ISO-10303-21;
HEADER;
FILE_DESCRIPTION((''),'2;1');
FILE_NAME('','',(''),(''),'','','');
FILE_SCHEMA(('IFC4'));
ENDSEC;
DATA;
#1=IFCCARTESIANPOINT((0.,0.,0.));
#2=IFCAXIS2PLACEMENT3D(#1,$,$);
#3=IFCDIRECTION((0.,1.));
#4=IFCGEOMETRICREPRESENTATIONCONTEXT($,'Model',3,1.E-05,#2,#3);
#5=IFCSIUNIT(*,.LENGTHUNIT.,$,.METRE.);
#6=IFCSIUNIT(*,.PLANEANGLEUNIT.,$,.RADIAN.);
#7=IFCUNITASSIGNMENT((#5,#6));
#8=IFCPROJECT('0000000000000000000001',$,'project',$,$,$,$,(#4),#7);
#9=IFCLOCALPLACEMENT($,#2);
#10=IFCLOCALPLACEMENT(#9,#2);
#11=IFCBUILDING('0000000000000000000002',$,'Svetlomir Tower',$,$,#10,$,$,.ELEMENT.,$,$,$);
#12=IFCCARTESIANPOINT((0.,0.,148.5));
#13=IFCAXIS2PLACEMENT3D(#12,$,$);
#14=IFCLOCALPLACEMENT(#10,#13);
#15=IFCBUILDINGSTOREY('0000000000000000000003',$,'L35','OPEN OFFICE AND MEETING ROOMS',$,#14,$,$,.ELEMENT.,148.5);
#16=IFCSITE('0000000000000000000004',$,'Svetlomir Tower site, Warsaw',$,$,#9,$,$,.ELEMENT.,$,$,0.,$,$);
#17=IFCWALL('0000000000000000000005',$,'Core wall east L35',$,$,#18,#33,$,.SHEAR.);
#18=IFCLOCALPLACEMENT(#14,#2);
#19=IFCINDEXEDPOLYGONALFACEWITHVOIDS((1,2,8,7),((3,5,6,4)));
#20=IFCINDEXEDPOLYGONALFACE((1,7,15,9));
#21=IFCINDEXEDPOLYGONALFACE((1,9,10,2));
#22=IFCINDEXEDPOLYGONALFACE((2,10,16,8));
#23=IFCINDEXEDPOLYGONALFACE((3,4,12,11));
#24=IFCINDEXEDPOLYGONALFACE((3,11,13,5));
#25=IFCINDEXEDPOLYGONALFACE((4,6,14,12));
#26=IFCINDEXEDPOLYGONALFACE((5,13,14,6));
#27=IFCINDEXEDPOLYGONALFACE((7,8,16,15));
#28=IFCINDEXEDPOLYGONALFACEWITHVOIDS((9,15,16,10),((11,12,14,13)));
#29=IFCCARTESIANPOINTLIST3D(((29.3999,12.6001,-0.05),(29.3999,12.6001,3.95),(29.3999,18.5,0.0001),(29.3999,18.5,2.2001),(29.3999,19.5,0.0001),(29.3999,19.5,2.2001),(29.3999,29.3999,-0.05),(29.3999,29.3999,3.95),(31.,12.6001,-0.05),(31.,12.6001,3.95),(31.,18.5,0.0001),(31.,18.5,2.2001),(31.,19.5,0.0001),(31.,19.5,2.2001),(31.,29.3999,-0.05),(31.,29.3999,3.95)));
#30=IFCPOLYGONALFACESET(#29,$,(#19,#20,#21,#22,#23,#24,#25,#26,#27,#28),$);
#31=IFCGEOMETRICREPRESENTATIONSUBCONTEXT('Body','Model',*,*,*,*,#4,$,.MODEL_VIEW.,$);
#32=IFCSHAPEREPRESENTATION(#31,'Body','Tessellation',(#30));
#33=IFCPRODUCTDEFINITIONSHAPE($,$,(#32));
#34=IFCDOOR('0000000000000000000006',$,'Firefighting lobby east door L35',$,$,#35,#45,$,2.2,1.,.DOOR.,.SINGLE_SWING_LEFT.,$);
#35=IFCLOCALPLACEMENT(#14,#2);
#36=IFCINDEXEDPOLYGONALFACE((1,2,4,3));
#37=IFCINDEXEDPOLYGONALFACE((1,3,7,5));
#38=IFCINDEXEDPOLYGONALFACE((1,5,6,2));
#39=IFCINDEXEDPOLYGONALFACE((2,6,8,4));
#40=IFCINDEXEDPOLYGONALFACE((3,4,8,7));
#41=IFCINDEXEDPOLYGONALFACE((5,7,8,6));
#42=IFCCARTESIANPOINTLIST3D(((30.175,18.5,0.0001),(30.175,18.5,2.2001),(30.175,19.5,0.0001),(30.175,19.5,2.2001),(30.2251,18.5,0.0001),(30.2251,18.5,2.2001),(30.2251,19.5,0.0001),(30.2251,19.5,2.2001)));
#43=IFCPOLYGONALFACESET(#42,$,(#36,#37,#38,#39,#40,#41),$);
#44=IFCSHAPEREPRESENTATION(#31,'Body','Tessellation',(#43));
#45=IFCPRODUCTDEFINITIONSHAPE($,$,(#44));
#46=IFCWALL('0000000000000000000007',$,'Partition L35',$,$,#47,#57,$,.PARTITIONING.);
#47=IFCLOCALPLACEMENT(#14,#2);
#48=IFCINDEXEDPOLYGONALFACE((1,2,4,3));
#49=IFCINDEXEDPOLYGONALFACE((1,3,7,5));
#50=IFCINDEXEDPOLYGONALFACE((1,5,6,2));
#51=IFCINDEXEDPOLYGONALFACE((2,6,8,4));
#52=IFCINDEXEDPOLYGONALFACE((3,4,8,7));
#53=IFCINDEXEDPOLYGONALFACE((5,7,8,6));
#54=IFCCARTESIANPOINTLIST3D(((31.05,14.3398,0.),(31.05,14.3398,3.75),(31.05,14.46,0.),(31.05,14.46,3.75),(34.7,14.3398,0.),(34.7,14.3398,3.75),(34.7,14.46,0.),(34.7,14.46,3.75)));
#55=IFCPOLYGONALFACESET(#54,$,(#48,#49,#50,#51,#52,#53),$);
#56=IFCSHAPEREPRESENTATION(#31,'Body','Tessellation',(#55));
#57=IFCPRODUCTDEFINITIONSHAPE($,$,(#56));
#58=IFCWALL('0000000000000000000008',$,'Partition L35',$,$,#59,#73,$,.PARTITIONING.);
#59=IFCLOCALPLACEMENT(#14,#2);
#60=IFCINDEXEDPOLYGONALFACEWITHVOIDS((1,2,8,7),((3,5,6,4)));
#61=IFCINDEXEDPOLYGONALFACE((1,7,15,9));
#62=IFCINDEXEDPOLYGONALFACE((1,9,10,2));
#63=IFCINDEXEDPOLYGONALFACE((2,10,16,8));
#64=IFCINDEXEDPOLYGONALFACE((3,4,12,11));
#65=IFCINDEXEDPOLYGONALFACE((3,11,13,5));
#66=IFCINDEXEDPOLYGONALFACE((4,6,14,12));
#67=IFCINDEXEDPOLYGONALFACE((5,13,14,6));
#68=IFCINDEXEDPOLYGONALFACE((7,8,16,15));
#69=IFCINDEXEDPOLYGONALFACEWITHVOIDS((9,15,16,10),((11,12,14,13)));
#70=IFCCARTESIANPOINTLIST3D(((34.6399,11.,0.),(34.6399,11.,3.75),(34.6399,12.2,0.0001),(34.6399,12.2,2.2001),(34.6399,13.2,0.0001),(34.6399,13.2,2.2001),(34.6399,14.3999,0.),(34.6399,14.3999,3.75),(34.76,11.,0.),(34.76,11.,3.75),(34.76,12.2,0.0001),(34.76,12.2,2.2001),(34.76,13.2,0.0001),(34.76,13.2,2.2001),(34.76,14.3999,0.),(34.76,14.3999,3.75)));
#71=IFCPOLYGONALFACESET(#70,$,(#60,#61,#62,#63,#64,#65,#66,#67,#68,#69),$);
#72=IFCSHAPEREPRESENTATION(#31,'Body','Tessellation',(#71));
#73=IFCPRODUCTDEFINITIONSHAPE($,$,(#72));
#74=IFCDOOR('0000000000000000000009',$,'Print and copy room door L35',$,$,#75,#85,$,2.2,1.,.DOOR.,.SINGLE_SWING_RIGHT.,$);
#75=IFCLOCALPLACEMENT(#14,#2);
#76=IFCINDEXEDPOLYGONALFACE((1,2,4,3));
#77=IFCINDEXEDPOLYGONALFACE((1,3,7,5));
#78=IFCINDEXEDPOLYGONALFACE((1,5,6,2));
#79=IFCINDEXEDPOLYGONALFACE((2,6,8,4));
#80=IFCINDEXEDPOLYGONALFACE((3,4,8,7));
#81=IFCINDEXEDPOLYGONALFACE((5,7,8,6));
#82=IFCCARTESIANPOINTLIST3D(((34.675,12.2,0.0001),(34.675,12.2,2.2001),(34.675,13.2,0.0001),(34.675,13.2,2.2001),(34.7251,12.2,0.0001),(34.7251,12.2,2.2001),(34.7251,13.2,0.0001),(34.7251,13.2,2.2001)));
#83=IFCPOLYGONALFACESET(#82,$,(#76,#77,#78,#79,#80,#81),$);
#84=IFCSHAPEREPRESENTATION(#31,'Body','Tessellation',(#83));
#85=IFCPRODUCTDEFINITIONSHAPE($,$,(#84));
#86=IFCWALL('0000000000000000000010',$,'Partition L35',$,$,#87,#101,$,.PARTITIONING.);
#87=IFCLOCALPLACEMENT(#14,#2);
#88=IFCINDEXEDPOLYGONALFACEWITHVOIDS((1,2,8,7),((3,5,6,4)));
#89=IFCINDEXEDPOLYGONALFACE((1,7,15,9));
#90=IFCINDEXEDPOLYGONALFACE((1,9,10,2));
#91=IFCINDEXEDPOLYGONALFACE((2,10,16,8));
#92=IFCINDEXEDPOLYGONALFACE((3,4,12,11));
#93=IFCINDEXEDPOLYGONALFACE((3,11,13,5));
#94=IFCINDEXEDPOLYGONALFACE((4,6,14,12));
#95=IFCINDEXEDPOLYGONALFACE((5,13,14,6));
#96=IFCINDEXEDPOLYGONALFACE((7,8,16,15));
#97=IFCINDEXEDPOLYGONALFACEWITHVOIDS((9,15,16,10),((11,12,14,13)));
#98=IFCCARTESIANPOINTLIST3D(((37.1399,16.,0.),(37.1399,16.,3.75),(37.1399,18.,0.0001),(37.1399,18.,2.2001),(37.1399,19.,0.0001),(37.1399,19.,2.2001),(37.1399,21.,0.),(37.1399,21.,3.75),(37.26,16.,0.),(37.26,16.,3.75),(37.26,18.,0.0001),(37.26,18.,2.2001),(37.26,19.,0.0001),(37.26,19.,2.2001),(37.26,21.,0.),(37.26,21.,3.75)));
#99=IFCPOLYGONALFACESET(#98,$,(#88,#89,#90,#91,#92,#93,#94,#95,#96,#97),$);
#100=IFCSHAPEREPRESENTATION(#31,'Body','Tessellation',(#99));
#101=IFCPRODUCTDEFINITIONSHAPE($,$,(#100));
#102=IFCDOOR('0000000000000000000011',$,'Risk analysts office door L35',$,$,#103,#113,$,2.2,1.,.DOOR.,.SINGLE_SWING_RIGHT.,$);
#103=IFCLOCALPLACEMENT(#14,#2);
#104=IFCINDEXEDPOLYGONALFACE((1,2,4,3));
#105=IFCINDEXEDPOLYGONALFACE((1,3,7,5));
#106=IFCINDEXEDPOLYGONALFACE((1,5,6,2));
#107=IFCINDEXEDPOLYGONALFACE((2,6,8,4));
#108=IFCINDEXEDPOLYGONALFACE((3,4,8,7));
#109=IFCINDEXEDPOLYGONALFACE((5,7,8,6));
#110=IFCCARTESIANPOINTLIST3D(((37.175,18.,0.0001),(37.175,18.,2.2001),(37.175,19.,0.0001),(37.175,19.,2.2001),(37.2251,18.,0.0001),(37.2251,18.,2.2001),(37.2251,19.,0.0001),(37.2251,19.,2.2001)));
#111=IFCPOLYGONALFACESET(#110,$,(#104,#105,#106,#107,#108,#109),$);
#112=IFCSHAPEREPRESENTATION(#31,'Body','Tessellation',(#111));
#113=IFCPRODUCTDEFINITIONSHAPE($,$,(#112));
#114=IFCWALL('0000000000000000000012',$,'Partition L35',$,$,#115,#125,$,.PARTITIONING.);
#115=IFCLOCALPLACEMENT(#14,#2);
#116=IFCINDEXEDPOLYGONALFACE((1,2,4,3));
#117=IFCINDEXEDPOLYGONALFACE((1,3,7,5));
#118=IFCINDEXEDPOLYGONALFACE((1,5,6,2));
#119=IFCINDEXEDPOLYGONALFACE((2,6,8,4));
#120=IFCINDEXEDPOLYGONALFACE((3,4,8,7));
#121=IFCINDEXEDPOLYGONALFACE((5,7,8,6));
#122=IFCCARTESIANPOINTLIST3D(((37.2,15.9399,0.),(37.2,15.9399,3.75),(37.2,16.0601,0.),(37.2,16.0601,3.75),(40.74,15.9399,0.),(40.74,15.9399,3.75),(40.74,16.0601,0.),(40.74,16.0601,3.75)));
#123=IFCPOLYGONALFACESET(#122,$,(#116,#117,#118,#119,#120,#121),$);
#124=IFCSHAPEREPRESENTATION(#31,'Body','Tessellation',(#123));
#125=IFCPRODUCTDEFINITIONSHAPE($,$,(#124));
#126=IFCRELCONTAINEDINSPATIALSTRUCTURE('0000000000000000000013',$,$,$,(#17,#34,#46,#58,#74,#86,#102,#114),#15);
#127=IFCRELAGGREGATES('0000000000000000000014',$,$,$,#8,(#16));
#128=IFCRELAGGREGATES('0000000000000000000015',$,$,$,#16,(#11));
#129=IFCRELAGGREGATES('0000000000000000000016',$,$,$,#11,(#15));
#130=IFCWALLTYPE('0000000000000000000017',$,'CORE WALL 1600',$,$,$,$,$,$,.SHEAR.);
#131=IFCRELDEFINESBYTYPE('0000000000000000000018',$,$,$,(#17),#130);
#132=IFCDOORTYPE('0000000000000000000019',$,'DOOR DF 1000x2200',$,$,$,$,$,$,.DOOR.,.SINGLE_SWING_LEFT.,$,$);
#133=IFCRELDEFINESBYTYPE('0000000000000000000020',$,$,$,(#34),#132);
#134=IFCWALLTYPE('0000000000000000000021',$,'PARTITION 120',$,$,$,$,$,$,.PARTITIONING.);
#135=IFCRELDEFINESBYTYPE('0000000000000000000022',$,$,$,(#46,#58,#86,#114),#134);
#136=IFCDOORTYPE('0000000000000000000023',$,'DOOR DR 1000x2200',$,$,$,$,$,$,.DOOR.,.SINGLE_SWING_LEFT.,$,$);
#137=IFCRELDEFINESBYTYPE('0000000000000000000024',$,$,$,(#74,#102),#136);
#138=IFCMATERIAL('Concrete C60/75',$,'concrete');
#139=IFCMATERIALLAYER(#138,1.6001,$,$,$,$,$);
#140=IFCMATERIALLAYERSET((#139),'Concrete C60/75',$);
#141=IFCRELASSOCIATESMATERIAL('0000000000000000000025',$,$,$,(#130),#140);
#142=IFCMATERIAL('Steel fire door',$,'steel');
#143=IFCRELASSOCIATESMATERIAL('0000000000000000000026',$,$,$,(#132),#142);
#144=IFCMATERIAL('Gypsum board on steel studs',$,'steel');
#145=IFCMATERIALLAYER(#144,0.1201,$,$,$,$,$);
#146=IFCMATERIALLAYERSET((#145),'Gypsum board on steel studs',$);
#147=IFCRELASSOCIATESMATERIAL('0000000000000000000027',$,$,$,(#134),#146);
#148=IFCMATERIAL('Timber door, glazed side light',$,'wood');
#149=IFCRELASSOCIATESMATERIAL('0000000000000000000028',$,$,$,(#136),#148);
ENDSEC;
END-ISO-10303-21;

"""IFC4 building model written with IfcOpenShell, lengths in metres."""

from ifc_helpers import new_model, si_unit, direction, frame, frame_2d, origin, place, context, subcontext, project, spatial, rectangle, extrude, material, layer, layer_set, type_object, element, fill, save


model = new_model("IFC4")

# Units and contexts
model_context = context("Model", 3, precision=1e-05, world=origin(), true_north=direction((0.0, 1.0)))
body_context = subcontext(model_context, "Body", "Model", "MODEL_VIEW")
ifc_project = project(units=[si_unit("LENGTHUNIT", "METRE"), si_unit("PLANEANGLEUNIT", "RADIAN")], contexts=[model_context])

# Site, building, storey
site_placement = place(None, origin())
site = spatial("IfcSite", under=ifc_project, at=site_placement, Name="Svetlomir Tower site, Warsaw", CompositionType="ELEMENT", RefElevation=0.0)
building_placement = place(site_placement, origin())
building = spatial("IfcBuilding", under=site, at=building_placement, Name="Svetlomir Tower", CompositionType="ELEMENT")
storey_placement = place(building_placement, frame((0.0, 0.0, 148.5)))
storey = spatial("IfcBuildingStorey", under=building, at=storey_placement, Name="L35", Description="OPEN OFFICE AND MEETING ROOMS", CompositionType="ELEMENT", Elevation=148.5)

# Wall, opening, door
ifc_material_1 = material(Name="Concrete C60/75", Category="concrete")
ifc_layer_1 = layer(ifc_material_1, 1.6001)
ifc_layer_set_1 = layer_set([ifc_layer_1], Name="Concrete C60/75")
wall_type_1 = type_object("IfcWallType", Name="CORE WALL 1600", PredefinedType="SHEAR", material=ifc_layer_set_1)
wall_1_placement = place(storey_placement, frame((30.2, 12.6001, -0.05), z_axis=(0.0, 0.0, 1.0), x_axis=(0.0, 1.0, 0.0)))
wall_1 = element("IfcWall", 1, at=wall_1_placement, inside=storey, type_object=wall_type_1, Name="Core wall east L35", PredefinedType="SHEAR", context=body_context, shape_type="SweptSolid", body=[
    extrude(rectangle(XDim=16.7998, YDim=1.6001, at=frame_2d((8.3999, 0.0))), origin(), (0.0, 0.0, 1.0), 4.0),
])
opening_1_placement = place(wall_1_placement, frame((5.8999, 0.0, 0.05)))
opening_1 = element("IfcOpeningElement", 2, at=opening_1_placement, cuts=wall_1, PredefinedType="OPENING", context=body_context, shape_type="SweptSolid", body=[
    extrude(rectangle(XDim=1.0, YDim=2.2, at=frame_2d((0.5, 1.1001))), frame((0.0, 0.8101, 0.0), z_axis=(0.0, -1.0, 0.0), x_axis=(1.0, 0.0, 0.0)), (0.0, 0.0, 1.0), 1.6201),
])
ifc_material_2 = material(Name="Steel fire door", Category="steel")
door_type_1 = type_object("IfcDoorType", Name="DOOR DF 1000x2200", OperationType="SINGLE_SWING_LEFT", PredefinedType="DOOR", material=ifc_material_2)
door_1_placement = place(opening_1_placement, origin())
door_1 = element("IfcDoor", 3, at=door_1_placement, inside=storey, type_object=door_type_1, Name="Firefighting lobby east door L35", OperationType="SINGLE_SWING_LEFT", OverallHeight=2.2, OverallWidth=1.0, PredefinedType="DOOR", context=body_context, shape_type="SweptSolid", body=[
    extrude(rectangle(XDim=1.0, YDim=2.2, at=frame_2d((0.5, 1.1001))), frame((0.0, 0.0249, 0.0), z_axis=(0.0, -1.0, 0.0), x_axis=(1.0, 0.0, 0.0)), (0.0, 0.0, 1.0), 0.05),
])
fill(opening_1, door_1)

# Wall
ifc_material_3 = material(Name="Gypsum board on steel studs", Category="steel")
ifc_layer_2 = layer(ifc_material_3, 0.1201)
ifc_layer_set_2 = layer_set([ifc_layer_2], Name="Gypsum board on steel studs")
wall_type_2 = type_object("IfcWallType", Name="PARTITION 120", PredefinedType="PARTITIONING", material=ifc_layer_set_2)
wall_2_placement = place(storey_placement, frame((31.05, 14.3999, 0.0), z_axis=(0.0, 0.0, 1.0), x_axis=(1.0, 0.0, 0.0)))
element("IfcWall", 4, at=wall_2_placement, inside=storey, type_object=wall_type_2, Name="Partition L35", PredefinedType="PARTITIONING", context=body_context, shape_type="SweptSolid", body=[
    extrude(rectangle(XDim=3.6499, YDim=0.1201, at=frame_2d((1.825, 0.0))), origin(), (0.0, 0.0, 1.0), 3.75),
])

# Walls, openings, doors
wall_3_placement = place(storey_placement, frame((34.7, 11.0, 0.0), z_axis=(0.0, 0.0, 1.0), x_axis=(0.0, 1.0, 0.0)))
wall_3 = element("IfcWall", 5, at=wall_3_placement, inside=storey, type_object=wall_type_2, Name="Partition L35", PredefinedType="PARTITIONING", context=body_context, shape_type="SweptSolid", body=[
    extrude(rectangle(XDim=3.3999, YDim=0.1201, at=frame_2d((1.7, 0.0))), origin(), (0.0, 0.0, 1.0), 3.75),
])
opening_2_placement = place(wall_3_placement, frame((1.2, 0.0, 0.0)))
opening_2 = element("IfcOpeningElement", 6, at=opening_2_placement, cuts=wall_3, PredefinedType="OPENING", context=body_context, shape_type="SweptSolid", body=[
    extrude(rectangle(XDim=1.0, YDim=2.2, at=frame_2d((0.5, 1.1001))), frame((0.0, 0.0701, 0.0), z_axis=(0.0, -1.0, 0.0), x_axis=(1.0, 0.0, 0.0)), (0.0, 0.0, 1.0), 0.1401),
])
ifc_material_4 = material(Name="Timber door, glazed side light", Category="wood")
door_type_2 = type_object("IfcDoorType", Name="DOOR DR 1000x2200", OperationType="SINGLE_SWING_LEFT", PredefinedType="DOOR", material=ifc_material_4)
door_2_placement = place(opening_2_placement, origin())
door_2 = element("IfcDoor", 7, at=door_2_placement, inside=storey, type_object=door_type_2, Name="Print and copy room door L35", OperationType="SINGLE_SWING_RIGHT", OverallHeight=2.2, OverallWidth=1.0, PredefinedType="DOOR", context=body_context, shape_type="SweptSolid", body=[
    extrude(rectangle(XDim=1.0, YDim=2.2, at=frame_2d((0.5, 1.1001))), frame((0.0, 0.0249, 0.0), z_axis=(0.0, -1.0, 0.0), x_axis=(1.0, 0.0, 0.0)), (0.0, 0.0, 1.0), 0.05),
])
fill(opening_2, door_2)
wall_4_placement = place(storey_placement, frame((37.2, 16.0, 0.0), z_axis=(0.0, 0.0, 1.0), x_axis=(0.0, 1.0, 0.0)))
wall_4 = element("IfcWall", 8, at=wall_4_placement, inside=storey, type_object=wall_type_2, Name="Partition L35", PredefinedType="PARTITIONING", context=body_context, shape_type="SweptSolid", body=[
    extrude(rectangle(XDim=5.0, YDim=0.1201, at=frame_2d((2.5, 0.0))), origin(), (0.0, 0.0, 1.0), 3.75),
])
opening_3_placement = place(wall_4_placement, frame((2.0, 0.0, 0.0)))
opening_3 = element("IfcOpeningElement", 9, at=opening_3_placement, cuts=wall_4, PredefinedType="OPENING", context=body_context, shape_type="SweptSolid", body=[
    extrude(rectangle(XDim=1.0, YDim=2.2, at=frame_2d((0.5, 1.1001))), frame((0.0, 0.0701, 0.0), z_axis=(0.0, -1.0, 0.0), x_axis=(1.0, 0.0, 0.0)), (0.0, 0.0, 1.0), 0.1401),
])
door_3_placement = place(opening_3_placement, origin())
door_3 = element("IfcDoor", 10, at=door_3_placement, inside=storey, type_object=door_type_2, Name="Risk analysts office door L35", OperationType="SINGLE_SWING_RIGHT", OverallHeight=2.2, OverallWidth=1.0, PredefinedType="DOOR", context=body_context, shape_type="SweptSolid", body=[
    extrude(rectangle(XDim=1.0, YDim=2.2, at=frame_2d((0.5, 1.1001))), frame((0.0, 0.0249, 0.0), z_axis=(0.0, -1.0, 0.0), x_axis=(1.0, 0.0, 0.0)), (0.0, 0.0, 1.0), 0.05),
])
fill(opening_3, door_3)

# Wall
wall_5_placement = place(storey_placement, frame((37.2, 16.0, 0.0), z_axis=(0.0, 0.0, 1.0), x_axis=(1.0, 0.0, 0.0)))
element("IfcWall", 11, at=wall_5_placement, inside=storey, type_object=wall_type_2, Name="Partition L35", PredefinedType="PARTITIONING", context=body_context, shape_type="SweptSolid", body=[
    extrude(rectangle(XDim=3.54, YDim=0.1201, at=frame_2d((1.77, 0.0))), origin(), (0.0, 0.0, 1.0), 3.75),
])

save(model, "model.ifc")
